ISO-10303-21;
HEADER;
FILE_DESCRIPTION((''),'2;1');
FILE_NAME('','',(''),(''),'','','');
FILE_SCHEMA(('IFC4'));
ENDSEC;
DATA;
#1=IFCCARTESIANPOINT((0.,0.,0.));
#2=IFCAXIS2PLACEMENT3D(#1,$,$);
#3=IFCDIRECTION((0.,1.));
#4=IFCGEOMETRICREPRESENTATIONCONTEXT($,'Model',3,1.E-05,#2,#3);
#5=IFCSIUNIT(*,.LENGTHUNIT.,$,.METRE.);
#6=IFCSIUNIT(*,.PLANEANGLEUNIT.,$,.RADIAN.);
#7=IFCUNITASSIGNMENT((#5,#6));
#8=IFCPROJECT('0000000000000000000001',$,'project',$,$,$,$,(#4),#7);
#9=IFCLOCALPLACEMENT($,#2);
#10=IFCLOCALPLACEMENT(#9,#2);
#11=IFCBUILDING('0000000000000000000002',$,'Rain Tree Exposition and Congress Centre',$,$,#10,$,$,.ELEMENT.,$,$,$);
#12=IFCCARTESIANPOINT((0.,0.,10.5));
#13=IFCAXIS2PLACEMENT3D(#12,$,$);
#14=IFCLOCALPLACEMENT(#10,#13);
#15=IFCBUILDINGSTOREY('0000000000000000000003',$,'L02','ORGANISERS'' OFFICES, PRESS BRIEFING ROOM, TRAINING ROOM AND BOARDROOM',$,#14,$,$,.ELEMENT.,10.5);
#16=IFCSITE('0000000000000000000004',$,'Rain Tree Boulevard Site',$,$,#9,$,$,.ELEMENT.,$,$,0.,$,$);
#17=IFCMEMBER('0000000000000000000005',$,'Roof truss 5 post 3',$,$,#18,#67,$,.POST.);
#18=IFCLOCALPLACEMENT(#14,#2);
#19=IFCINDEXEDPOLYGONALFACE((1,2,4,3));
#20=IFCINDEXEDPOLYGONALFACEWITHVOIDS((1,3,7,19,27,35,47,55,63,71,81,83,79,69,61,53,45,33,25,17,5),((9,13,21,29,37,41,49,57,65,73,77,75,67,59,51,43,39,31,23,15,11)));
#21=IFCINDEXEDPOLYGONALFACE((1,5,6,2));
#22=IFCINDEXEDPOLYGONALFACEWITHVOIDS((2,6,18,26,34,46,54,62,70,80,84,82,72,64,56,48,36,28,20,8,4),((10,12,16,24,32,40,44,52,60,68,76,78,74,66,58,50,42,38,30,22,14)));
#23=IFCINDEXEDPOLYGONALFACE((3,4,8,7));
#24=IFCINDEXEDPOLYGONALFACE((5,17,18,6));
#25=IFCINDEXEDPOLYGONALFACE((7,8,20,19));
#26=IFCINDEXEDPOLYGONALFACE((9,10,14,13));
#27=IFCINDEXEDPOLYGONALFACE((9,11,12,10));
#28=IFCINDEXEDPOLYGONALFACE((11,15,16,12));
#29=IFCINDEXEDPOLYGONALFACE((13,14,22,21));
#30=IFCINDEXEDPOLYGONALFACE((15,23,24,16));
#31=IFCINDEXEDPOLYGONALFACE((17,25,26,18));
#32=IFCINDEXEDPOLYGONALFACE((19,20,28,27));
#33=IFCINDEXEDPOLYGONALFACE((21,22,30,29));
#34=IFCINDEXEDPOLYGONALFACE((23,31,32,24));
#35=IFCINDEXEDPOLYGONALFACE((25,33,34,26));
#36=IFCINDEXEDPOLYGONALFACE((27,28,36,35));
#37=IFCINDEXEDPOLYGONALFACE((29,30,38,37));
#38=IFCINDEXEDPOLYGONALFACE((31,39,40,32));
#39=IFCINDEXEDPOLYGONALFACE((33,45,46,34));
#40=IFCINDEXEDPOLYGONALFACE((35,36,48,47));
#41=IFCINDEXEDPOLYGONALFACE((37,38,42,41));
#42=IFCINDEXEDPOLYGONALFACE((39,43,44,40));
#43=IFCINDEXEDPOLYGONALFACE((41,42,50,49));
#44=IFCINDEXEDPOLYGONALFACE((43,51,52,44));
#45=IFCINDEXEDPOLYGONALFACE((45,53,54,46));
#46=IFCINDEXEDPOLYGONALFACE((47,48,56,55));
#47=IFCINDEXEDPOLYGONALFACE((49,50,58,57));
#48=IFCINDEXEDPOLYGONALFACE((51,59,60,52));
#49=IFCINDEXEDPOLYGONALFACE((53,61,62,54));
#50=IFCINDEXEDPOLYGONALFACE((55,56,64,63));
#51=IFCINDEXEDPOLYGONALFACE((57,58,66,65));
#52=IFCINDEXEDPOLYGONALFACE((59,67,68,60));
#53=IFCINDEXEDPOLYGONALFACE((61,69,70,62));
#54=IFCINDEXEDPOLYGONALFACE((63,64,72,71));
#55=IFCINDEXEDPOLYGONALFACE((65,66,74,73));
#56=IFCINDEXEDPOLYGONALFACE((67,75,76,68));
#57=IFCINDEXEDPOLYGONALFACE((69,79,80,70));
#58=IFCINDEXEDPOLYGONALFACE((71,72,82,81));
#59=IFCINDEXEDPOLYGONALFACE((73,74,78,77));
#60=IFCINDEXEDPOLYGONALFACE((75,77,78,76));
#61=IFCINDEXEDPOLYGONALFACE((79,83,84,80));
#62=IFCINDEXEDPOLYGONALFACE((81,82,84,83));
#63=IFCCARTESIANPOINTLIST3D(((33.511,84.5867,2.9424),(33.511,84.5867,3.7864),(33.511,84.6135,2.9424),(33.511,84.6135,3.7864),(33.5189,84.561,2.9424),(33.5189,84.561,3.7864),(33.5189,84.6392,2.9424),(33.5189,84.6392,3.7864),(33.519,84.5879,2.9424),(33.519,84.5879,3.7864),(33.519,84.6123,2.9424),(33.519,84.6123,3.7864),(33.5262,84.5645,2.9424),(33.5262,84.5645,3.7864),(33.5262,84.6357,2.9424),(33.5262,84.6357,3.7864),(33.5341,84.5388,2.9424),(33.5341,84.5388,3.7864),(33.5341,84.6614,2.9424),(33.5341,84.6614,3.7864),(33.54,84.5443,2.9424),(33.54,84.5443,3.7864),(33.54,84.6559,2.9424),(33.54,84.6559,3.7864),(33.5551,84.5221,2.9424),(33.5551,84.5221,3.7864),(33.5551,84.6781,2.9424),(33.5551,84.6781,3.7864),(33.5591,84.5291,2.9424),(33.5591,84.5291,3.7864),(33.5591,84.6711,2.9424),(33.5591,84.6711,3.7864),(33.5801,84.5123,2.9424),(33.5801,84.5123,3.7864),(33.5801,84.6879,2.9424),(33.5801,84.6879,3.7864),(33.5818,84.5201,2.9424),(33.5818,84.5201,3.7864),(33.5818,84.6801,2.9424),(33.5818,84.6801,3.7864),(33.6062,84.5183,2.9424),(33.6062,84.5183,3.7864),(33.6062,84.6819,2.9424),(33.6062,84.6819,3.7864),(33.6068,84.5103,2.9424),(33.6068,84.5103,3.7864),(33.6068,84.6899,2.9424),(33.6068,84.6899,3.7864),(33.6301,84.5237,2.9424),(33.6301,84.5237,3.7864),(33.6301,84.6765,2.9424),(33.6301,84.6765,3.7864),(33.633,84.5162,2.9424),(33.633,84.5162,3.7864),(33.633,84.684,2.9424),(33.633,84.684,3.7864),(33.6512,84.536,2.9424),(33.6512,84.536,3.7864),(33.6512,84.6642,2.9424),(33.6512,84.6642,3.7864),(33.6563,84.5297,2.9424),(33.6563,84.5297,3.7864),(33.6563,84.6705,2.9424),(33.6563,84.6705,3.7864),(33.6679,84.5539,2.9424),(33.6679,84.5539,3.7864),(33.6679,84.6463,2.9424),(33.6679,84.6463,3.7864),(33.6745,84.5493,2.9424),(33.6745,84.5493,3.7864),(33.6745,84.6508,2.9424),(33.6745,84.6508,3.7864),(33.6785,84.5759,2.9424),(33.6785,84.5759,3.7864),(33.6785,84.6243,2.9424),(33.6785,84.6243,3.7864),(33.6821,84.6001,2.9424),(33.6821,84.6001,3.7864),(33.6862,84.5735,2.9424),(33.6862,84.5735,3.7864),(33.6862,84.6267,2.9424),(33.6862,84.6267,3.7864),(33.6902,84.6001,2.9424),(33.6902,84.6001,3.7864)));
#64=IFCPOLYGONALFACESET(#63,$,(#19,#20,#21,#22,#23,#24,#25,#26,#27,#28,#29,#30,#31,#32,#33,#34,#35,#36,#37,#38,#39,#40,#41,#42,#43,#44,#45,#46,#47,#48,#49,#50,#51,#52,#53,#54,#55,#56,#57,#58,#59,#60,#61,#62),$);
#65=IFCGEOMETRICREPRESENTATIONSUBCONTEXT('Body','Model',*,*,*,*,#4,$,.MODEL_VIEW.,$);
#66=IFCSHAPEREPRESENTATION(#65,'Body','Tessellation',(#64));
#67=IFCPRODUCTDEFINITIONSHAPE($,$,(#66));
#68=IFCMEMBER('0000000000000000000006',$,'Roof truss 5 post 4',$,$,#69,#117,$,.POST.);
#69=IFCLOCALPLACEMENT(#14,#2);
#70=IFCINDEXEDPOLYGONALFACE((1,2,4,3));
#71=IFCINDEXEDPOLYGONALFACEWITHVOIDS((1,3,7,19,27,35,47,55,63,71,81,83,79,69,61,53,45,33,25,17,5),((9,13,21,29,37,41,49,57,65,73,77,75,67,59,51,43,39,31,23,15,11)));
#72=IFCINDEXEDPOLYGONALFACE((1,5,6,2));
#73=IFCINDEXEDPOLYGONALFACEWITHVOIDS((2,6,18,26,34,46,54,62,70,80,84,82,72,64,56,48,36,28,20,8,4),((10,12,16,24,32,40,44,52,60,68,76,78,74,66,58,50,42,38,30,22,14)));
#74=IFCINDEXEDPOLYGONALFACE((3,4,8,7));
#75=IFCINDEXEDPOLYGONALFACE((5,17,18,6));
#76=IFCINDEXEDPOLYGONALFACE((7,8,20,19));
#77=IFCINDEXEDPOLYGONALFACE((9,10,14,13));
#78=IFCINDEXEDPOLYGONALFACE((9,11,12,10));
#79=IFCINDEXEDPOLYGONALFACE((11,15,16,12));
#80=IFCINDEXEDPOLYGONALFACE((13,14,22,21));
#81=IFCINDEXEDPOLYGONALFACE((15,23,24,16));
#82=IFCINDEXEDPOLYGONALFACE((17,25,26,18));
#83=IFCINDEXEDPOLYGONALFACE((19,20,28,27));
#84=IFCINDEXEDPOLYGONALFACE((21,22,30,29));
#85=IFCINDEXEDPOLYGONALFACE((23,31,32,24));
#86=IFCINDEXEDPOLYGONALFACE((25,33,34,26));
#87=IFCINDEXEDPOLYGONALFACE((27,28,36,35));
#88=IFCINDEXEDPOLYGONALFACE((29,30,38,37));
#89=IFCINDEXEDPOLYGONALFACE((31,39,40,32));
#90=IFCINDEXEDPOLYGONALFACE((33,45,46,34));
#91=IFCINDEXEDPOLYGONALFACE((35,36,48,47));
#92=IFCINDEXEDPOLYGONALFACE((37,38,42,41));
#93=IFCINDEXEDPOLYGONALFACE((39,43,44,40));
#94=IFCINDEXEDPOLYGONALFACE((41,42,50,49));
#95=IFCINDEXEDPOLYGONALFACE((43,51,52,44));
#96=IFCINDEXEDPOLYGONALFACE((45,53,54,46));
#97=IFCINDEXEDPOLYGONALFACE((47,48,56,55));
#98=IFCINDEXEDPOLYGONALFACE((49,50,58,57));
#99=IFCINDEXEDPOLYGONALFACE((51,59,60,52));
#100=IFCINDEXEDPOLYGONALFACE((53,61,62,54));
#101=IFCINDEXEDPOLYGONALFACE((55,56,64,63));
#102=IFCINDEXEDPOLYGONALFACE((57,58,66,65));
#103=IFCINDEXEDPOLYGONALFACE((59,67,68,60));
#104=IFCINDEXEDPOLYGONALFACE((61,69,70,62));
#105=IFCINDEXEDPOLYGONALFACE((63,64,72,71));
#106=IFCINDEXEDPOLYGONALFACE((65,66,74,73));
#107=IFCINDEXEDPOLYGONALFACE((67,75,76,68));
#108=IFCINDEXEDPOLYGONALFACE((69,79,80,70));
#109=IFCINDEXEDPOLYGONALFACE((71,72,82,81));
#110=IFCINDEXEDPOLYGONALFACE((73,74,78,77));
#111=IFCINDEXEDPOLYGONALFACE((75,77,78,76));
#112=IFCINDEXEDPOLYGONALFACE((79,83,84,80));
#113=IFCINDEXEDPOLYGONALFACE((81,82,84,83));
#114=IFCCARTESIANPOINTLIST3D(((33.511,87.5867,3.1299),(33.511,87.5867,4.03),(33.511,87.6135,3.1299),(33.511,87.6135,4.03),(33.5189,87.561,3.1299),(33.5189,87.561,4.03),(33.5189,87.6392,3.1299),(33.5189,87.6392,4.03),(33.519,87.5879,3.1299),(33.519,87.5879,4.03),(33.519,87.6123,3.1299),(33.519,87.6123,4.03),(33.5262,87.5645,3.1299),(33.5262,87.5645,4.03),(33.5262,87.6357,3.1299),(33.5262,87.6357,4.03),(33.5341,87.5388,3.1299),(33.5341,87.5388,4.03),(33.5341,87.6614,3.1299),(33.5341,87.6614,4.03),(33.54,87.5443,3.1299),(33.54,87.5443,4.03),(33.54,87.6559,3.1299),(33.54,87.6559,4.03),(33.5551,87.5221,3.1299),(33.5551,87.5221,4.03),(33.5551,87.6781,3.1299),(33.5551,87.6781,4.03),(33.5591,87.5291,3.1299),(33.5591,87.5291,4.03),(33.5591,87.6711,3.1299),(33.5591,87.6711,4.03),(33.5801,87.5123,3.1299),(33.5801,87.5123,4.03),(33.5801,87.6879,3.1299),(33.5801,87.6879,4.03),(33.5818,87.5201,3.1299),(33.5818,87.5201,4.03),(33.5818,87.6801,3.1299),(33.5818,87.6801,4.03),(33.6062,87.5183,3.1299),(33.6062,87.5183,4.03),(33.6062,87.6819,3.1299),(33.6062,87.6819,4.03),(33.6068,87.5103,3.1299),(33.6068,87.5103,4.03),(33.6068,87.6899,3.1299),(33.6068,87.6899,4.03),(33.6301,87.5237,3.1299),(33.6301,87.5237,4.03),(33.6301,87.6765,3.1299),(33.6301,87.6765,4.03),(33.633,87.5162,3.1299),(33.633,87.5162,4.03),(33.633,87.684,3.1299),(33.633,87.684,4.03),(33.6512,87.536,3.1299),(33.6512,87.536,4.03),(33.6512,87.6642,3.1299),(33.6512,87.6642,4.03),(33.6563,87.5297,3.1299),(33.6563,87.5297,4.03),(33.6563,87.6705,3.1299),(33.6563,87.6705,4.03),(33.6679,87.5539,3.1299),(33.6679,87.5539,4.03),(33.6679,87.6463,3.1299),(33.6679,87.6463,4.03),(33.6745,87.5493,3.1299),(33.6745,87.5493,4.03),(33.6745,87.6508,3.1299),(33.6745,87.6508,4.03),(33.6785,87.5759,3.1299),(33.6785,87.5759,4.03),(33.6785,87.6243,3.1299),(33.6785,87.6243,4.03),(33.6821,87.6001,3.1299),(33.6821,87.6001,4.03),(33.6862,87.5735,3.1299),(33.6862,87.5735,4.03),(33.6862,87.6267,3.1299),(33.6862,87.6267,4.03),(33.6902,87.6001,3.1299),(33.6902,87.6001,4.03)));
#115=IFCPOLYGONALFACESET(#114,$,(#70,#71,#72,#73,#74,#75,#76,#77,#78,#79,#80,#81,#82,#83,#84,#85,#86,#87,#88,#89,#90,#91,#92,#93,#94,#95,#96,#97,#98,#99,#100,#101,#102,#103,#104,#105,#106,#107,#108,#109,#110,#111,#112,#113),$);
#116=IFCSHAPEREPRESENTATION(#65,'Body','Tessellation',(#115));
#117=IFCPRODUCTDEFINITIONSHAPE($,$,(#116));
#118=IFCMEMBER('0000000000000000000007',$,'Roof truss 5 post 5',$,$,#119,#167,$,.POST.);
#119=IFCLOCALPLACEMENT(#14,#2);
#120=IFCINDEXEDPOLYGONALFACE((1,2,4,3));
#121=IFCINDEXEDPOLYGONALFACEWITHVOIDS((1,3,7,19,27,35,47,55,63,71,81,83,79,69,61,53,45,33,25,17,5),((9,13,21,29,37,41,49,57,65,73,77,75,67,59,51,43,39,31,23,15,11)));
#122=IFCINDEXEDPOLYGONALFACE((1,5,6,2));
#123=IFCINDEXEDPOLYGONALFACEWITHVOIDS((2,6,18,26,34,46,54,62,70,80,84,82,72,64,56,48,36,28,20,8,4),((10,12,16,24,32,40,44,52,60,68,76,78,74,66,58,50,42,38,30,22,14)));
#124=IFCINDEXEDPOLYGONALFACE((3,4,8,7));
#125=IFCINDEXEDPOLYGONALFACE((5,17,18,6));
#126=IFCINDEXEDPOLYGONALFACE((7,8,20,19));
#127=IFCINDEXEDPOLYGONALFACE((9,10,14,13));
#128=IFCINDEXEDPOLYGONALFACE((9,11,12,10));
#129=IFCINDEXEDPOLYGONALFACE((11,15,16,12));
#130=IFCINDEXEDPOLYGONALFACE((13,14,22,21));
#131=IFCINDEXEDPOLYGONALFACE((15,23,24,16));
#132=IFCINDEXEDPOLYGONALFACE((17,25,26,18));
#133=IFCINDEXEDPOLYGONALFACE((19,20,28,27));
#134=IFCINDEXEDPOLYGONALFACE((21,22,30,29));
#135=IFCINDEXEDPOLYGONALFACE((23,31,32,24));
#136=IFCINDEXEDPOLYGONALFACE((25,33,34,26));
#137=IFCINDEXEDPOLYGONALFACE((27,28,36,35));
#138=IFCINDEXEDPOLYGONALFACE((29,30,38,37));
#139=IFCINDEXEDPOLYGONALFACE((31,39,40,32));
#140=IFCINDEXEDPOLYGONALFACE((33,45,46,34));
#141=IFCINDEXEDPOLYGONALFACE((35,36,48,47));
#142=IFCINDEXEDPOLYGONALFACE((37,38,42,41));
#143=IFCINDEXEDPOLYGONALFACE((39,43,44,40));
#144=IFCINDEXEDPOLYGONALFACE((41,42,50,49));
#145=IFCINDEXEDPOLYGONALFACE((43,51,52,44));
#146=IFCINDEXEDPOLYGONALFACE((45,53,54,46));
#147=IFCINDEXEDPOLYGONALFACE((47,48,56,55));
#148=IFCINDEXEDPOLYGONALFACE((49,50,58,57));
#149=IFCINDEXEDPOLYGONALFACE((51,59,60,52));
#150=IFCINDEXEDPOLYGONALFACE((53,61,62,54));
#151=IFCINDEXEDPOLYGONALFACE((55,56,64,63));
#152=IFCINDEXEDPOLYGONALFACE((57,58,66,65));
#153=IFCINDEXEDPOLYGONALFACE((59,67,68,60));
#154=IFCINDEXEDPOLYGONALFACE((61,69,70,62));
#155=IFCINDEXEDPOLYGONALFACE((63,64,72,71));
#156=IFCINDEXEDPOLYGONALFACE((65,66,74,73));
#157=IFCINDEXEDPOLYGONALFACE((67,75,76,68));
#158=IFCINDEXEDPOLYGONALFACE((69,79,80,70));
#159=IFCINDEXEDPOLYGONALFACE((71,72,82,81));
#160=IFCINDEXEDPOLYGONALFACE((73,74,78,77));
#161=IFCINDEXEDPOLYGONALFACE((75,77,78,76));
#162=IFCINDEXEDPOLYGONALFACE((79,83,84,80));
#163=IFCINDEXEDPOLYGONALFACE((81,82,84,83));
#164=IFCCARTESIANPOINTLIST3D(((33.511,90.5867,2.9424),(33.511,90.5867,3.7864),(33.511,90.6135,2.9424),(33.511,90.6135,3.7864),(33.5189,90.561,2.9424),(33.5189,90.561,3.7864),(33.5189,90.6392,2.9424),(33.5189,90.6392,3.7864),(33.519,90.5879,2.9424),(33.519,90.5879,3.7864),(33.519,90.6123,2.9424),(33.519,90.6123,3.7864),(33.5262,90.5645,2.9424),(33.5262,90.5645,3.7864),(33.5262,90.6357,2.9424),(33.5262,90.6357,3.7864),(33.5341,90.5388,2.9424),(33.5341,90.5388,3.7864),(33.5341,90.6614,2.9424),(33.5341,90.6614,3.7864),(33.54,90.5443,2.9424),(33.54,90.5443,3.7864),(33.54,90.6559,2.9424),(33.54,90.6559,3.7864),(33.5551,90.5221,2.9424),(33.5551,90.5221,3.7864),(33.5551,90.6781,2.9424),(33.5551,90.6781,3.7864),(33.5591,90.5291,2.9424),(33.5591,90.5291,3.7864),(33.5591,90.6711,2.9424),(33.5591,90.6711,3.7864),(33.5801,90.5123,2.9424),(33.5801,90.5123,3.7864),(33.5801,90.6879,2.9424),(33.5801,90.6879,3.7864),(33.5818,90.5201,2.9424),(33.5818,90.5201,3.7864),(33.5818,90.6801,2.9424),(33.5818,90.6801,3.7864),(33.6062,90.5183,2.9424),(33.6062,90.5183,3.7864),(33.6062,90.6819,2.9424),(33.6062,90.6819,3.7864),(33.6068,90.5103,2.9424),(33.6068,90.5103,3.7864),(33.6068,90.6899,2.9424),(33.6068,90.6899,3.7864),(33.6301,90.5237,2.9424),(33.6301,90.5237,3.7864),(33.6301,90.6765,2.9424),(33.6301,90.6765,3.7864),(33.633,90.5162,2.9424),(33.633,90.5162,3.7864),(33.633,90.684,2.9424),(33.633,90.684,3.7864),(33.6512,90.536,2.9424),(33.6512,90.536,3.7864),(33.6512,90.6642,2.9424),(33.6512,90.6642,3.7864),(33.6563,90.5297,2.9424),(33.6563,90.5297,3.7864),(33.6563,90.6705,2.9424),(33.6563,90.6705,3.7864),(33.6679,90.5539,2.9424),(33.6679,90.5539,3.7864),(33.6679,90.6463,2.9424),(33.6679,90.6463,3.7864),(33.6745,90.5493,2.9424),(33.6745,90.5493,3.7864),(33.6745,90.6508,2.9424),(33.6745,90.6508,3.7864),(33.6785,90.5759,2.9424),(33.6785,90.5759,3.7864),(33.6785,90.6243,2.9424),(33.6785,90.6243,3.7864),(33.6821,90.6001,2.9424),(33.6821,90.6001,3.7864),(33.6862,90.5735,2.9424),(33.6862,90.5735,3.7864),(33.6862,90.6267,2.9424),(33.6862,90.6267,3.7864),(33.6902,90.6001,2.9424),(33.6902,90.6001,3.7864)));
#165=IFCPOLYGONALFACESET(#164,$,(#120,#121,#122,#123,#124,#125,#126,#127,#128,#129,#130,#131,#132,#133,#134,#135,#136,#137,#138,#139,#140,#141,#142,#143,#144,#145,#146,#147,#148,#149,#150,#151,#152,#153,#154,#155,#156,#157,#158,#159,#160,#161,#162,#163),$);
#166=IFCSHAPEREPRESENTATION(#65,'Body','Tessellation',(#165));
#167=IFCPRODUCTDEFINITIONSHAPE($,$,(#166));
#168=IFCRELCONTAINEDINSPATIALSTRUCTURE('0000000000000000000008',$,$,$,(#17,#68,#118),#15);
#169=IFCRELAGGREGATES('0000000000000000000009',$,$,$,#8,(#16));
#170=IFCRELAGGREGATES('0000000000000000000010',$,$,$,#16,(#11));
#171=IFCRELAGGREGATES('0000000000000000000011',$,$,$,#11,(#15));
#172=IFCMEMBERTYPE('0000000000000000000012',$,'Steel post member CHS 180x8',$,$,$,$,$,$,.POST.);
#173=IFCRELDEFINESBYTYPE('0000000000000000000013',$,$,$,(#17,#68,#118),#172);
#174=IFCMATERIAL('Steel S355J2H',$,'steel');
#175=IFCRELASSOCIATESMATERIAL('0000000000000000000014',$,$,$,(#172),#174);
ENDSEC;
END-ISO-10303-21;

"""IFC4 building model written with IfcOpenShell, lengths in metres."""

from ifc_helpers import new_model, si_unit, direction, frame, origin, origin_2d, place, context, subcontext, project, spatial, hollow_circle, extrude, material, material_profile, profile_set, type_object, element, save


model = new_model("IFC4")

# Units and contexts
model_context = context("Model", 3, precision=1e-05, world=origin(), true_north=direction((0.0, 1.0)))
body_context = subcontext(model_context, "Body", "Model", "MODEL_VIEW")
ifc_project = project(units=[si_unit("LENGTHUNIT", "METRE"), si_unit("PLANEANGLEUNIT", "RADIAN")], contexts=[model_context])

# Site, building, storey
site_placement = place(None, origin())
site = spatial("IfcSite", under=ifc_project, at=site_placement, Name="Rain Tree Boulevard Site", CompositionType="ELEMENT", RefElevation=0.0)
building_placement = place(site_placement, origin())
building = spatial("IfcBuilding", under=site, at=building_placement, Name="Rain Tree Exposition and Congress Centre", CompositionType="ELEMENT")
storey_placement = place(building_placement, frame((0.0, 0.0, 10.5)))
storey = spatial("IfcBuildingStorey", under=building, at=storey_placement, Name="L02", Description="ORGANISERS' OFFICES, PRESS BRIEFING ROOM, TRAINING ROOM AND BOARDROOM", CompositionType="ELEMENT", Elevation=10.5)

# Members
ifc_material_1 = material(Name="Steel S355J2H", Category="steel")
ifc_material_profile_1 = material_profile(ifc_material_1, hollow_circle(Radius=0.0901, WallThickness=0.0081, at=origin_2d()), Name="CHS 180x8")
ifc_profile_set_1 = profile_set([ifc_material_profile_1], Name="Steel S355J2H")
member_type_1 = type_object("IfcMemberType", Name="Steel post member CHS 180x8", PredefinedType="POST", material=ifc_profile_set_1)
member_1_placement = place(storey_placement, frame((33.6001, 84.6001, 2.9424), z_axis=(0.0, 0.0, 1.0), x_axis=(1.0, 0.0, 0.0)))
element("IfcMember", 1, at=member_1_placement, inside=storey, type_object=member_type_1, Name="Roof truss 5 post 3", PredefinedType="POST", context=body_context, shape_type="SweptSolid", body=[
    extrude(hollow_circle(Radius=0.0901, WallThickness=0.0081, at=origin_2d()), origin(), (0.0, 0.0, 1.0), 0.844),
])
member_2_placement = place(storey_placement, frame((33.6001, 87.6001, 3.1299), z_axis=(0.0, 0.0, 1.0), x_axis=(1.0, 0.0, 0.0)))
element("IfcMember", 2, at=member_2_placement, inside=storey, type_object=member_type_1, Name="Roof truss 5 post 4", PredefinedType="POST", context=body_context, shape_type="SweptSolid", body=[
    extrude(hollow_circle(Radius=0.0901, WallThickness=0.0081, at=origin_2d()), origin(), (0.0, 0.0, 1.0), 0.9001),
])
member_3_placement = place(storey_placement, frame((33.6001, 90.6001, 2.9424), z_axis=(0.0, 0.0, 1.0), x_axis=(1.0, 0.0, 0.0)))
element("IfcMember", 3, at=member_3_placement, inside=storey, type_object=member_type_1, Name="Roof truss 5 post 5", PredefinedType="POST", context=body_context, shape_type="SweptSolid", body=[
    extrude(hollow_circle(Radius=0.0901, WallThickness=0.0081, at=origin_2d()), origin(), (0.0, 0.0, 1.0), 0.844),
])

save(model, "model.ifc")
